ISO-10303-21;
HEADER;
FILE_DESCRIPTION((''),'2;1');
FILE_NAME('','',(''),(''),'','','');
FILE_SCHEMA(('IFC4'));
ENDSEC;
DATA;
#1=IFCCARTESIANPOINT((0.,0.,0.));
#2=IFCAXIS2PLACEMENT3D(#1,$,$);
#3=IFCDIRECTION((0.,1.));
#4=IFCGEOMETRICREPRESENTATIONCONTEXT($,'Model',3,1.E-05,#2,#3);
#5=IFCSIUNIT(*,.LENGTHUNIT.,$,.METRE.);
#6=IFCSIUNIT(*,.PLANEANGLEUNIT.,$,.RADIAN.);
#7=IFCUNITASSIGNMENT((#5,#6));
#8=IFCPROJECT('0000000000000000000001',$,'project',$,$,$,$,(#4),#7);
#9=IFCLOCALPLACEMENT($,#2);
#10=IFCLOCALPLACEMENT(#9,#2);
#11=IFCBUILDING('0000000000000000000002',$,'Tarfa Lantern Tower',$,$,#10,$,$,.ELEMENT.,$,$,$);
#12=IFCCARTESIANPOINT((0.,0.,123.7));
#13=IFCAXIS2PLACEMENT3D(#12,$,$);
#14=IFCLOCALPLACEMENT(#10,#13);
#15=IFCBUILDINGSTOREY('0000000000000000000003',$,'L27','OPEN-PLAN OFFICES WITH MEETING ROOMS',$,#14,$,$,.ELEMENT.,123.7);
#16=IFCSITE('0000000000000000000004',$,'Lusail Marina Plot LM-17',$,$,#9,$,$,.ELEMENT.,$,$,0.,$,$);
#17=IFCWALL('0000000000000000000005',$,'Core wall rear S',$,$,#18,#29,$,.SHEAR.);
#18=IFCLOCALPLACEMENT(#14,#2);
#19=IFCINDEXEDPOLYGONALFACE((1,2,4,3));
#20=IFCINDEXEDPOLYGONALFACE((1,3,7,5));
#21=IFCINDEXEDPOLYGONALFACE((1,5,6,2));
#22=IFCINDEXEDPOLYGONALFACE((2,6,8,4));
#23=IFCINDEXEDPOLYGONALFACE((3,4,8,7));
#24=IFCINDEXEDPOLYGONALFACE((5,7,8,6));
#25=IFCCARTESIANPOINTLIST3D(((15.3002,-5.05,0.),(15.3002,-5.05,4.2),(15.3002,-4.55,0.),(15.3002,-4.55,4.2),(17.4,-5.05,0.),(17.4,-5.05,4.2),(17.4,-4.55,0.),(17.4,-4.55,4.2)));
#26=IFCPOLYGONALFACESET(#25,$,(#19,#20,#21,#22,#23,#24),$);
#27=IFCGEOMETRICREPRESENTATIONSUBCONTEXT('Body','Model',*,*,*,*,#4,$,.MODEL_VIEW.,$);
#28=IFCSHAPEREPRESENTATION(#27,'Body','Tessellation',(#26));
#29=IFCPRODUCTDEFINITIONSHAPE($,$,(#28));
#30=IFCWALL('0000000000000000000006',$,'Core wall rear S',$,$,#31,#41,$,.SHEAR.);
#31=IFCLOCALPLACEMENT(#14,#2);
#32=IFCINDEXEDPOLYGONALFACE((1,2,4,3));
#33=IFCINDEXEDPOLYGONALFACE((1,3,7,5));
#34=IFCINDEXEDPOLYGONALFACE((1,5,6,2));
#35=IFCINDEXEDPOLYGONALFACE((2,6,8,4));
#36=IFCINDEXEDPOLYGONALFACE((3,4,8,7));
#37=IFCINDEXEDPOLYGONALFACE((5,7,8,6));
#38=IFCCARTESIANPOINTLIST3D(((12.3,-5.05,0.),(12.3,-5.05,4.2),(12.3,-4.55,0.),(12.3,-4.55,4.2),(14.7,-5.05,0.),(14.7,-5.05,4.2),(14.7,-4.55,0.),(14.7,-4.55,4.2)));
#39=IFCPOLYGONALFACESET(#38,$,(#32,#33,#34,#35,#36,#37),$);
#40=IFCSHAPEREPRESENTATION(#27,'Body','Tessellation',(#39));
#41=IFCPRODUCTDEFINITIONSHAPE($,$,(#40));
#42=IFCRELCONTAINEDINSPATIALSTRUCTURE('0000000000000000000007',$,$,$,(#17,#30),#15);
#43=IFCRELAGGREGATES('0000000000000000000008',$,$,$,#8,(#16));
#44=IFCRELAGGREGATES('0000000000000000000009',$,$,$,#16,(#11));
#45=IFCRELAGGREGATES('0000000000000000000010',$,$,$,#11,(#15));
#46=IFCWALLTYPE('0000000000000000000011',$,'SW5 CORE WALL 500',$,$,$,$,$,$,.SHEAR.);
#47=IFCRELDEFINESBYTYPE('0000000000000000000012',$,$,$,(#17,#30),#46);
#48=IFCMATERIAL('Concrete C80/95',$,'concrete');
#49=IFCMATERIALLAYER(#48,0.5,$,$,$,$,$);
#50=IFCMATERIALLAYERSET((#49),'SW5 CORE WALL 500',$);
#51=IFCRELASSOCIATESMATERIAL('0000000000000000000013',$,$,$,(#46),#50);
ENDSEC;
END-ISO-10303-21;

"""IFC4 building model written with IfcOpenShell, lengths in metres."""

from ifc_helpers import new_model, si_unit, direction, frame, frame_2d, origin, place, context, subcontext, project, spatial, rectangle, extrude, material, layer, layer_set, type_object, element, save


model = new_model("IFC4")

# Units and contexts
model_context = context("Model", 3, precision=1e-05, world=origin(), true_north=direction((0.0, 1.0)))
body_context = subcontext(model_context, "Body", "Model", "MODEL_VIEW")
ifc_project = project(units=[si_unit("LENGTHUNIT", "METRE"), si_unit("PLANEANGLEUNIT", "RADIAN")], contexts=[model_context])

# Site, building, storey
site_placement = place(None, origin())
site = spatial("IfcSite", under=ifc_project, at=site_placement, Name="Lusail Marina Plot LM-17", CompositionType="ELEMENT", RefElevation=0.0)
building_placement = place(site_placement, origin())
building = spatial("IfcBuilding", under=site, at=building_placement, Name="Tarfa Lantern Tower", CompositionType="ELEMENT")
storey_placement = place(building_placement, frame((0.0, 0.0, 123.7)))
storey = spatial("IfcBuildingStorey", under=building, at=storey_placement, Name="L27", Description="OPEN-PLAN OFFICES WITH MEETING ROOMS", CompositionType="ELEMENT", Elevation=123.7)

# Shared definitions
ifc_material_1 = material(Name="Concrete C80/95", Category="concrete")
ifc_layer_1 = layer(ifc_material_1, 0.5)
ifc_layer_set_1 = layer_set([ifc_layer_1], Name="SW5 CORE WALL 500")
wall_type_1 = type_object("IfcWallType", Name="SW5 CORE WALL 500", PredefinedType="SHEAR", material=ifc_layer_set_1)

# Walls
wall_1_placement = place(storey_placement, frame((17.3999, -4.8, 0.0), z_axis=(0.0, 0.0, 1.0), x_axis=(-1.0, 0.0, 0.0)))
element("IfcWall", 1, at=wall_1_placement, inside=storey, type_object=wall_type_1, Name="Core wall rear S", PredefinedType="SHEAR", context=body_context, shape_type="SweptSolid", body=[
    extrude(rectangle(XDim=2.0999, YDim=0.5, at=frame_2d((1.0498, 0.0))), origin(), (0.0, 0.0, 1.0), 4.2),
])
wall_2_placement = place(storey_placement, frame((14.7, -4.8, 0.0), z_axis=(0.0, 0.0, 1.0), x_axis=(-1.0, 0.0, 0.0)))
element("IfcWall", 2, at=wall_2_placement, inside=storey, type_object=wall_type_1, Name="Core wall rear S", PredefinedType="SHEAR", context=body_context, shape_type="SweptSolid", body=[
    extrude(rectangle(XDim=2.3999, YDim=0.5, at=frame_2d((1.2, 0.0))), origin(), (0.0, 0.0, 1.0), 4.2),
])

save(model, "model.ifc")
